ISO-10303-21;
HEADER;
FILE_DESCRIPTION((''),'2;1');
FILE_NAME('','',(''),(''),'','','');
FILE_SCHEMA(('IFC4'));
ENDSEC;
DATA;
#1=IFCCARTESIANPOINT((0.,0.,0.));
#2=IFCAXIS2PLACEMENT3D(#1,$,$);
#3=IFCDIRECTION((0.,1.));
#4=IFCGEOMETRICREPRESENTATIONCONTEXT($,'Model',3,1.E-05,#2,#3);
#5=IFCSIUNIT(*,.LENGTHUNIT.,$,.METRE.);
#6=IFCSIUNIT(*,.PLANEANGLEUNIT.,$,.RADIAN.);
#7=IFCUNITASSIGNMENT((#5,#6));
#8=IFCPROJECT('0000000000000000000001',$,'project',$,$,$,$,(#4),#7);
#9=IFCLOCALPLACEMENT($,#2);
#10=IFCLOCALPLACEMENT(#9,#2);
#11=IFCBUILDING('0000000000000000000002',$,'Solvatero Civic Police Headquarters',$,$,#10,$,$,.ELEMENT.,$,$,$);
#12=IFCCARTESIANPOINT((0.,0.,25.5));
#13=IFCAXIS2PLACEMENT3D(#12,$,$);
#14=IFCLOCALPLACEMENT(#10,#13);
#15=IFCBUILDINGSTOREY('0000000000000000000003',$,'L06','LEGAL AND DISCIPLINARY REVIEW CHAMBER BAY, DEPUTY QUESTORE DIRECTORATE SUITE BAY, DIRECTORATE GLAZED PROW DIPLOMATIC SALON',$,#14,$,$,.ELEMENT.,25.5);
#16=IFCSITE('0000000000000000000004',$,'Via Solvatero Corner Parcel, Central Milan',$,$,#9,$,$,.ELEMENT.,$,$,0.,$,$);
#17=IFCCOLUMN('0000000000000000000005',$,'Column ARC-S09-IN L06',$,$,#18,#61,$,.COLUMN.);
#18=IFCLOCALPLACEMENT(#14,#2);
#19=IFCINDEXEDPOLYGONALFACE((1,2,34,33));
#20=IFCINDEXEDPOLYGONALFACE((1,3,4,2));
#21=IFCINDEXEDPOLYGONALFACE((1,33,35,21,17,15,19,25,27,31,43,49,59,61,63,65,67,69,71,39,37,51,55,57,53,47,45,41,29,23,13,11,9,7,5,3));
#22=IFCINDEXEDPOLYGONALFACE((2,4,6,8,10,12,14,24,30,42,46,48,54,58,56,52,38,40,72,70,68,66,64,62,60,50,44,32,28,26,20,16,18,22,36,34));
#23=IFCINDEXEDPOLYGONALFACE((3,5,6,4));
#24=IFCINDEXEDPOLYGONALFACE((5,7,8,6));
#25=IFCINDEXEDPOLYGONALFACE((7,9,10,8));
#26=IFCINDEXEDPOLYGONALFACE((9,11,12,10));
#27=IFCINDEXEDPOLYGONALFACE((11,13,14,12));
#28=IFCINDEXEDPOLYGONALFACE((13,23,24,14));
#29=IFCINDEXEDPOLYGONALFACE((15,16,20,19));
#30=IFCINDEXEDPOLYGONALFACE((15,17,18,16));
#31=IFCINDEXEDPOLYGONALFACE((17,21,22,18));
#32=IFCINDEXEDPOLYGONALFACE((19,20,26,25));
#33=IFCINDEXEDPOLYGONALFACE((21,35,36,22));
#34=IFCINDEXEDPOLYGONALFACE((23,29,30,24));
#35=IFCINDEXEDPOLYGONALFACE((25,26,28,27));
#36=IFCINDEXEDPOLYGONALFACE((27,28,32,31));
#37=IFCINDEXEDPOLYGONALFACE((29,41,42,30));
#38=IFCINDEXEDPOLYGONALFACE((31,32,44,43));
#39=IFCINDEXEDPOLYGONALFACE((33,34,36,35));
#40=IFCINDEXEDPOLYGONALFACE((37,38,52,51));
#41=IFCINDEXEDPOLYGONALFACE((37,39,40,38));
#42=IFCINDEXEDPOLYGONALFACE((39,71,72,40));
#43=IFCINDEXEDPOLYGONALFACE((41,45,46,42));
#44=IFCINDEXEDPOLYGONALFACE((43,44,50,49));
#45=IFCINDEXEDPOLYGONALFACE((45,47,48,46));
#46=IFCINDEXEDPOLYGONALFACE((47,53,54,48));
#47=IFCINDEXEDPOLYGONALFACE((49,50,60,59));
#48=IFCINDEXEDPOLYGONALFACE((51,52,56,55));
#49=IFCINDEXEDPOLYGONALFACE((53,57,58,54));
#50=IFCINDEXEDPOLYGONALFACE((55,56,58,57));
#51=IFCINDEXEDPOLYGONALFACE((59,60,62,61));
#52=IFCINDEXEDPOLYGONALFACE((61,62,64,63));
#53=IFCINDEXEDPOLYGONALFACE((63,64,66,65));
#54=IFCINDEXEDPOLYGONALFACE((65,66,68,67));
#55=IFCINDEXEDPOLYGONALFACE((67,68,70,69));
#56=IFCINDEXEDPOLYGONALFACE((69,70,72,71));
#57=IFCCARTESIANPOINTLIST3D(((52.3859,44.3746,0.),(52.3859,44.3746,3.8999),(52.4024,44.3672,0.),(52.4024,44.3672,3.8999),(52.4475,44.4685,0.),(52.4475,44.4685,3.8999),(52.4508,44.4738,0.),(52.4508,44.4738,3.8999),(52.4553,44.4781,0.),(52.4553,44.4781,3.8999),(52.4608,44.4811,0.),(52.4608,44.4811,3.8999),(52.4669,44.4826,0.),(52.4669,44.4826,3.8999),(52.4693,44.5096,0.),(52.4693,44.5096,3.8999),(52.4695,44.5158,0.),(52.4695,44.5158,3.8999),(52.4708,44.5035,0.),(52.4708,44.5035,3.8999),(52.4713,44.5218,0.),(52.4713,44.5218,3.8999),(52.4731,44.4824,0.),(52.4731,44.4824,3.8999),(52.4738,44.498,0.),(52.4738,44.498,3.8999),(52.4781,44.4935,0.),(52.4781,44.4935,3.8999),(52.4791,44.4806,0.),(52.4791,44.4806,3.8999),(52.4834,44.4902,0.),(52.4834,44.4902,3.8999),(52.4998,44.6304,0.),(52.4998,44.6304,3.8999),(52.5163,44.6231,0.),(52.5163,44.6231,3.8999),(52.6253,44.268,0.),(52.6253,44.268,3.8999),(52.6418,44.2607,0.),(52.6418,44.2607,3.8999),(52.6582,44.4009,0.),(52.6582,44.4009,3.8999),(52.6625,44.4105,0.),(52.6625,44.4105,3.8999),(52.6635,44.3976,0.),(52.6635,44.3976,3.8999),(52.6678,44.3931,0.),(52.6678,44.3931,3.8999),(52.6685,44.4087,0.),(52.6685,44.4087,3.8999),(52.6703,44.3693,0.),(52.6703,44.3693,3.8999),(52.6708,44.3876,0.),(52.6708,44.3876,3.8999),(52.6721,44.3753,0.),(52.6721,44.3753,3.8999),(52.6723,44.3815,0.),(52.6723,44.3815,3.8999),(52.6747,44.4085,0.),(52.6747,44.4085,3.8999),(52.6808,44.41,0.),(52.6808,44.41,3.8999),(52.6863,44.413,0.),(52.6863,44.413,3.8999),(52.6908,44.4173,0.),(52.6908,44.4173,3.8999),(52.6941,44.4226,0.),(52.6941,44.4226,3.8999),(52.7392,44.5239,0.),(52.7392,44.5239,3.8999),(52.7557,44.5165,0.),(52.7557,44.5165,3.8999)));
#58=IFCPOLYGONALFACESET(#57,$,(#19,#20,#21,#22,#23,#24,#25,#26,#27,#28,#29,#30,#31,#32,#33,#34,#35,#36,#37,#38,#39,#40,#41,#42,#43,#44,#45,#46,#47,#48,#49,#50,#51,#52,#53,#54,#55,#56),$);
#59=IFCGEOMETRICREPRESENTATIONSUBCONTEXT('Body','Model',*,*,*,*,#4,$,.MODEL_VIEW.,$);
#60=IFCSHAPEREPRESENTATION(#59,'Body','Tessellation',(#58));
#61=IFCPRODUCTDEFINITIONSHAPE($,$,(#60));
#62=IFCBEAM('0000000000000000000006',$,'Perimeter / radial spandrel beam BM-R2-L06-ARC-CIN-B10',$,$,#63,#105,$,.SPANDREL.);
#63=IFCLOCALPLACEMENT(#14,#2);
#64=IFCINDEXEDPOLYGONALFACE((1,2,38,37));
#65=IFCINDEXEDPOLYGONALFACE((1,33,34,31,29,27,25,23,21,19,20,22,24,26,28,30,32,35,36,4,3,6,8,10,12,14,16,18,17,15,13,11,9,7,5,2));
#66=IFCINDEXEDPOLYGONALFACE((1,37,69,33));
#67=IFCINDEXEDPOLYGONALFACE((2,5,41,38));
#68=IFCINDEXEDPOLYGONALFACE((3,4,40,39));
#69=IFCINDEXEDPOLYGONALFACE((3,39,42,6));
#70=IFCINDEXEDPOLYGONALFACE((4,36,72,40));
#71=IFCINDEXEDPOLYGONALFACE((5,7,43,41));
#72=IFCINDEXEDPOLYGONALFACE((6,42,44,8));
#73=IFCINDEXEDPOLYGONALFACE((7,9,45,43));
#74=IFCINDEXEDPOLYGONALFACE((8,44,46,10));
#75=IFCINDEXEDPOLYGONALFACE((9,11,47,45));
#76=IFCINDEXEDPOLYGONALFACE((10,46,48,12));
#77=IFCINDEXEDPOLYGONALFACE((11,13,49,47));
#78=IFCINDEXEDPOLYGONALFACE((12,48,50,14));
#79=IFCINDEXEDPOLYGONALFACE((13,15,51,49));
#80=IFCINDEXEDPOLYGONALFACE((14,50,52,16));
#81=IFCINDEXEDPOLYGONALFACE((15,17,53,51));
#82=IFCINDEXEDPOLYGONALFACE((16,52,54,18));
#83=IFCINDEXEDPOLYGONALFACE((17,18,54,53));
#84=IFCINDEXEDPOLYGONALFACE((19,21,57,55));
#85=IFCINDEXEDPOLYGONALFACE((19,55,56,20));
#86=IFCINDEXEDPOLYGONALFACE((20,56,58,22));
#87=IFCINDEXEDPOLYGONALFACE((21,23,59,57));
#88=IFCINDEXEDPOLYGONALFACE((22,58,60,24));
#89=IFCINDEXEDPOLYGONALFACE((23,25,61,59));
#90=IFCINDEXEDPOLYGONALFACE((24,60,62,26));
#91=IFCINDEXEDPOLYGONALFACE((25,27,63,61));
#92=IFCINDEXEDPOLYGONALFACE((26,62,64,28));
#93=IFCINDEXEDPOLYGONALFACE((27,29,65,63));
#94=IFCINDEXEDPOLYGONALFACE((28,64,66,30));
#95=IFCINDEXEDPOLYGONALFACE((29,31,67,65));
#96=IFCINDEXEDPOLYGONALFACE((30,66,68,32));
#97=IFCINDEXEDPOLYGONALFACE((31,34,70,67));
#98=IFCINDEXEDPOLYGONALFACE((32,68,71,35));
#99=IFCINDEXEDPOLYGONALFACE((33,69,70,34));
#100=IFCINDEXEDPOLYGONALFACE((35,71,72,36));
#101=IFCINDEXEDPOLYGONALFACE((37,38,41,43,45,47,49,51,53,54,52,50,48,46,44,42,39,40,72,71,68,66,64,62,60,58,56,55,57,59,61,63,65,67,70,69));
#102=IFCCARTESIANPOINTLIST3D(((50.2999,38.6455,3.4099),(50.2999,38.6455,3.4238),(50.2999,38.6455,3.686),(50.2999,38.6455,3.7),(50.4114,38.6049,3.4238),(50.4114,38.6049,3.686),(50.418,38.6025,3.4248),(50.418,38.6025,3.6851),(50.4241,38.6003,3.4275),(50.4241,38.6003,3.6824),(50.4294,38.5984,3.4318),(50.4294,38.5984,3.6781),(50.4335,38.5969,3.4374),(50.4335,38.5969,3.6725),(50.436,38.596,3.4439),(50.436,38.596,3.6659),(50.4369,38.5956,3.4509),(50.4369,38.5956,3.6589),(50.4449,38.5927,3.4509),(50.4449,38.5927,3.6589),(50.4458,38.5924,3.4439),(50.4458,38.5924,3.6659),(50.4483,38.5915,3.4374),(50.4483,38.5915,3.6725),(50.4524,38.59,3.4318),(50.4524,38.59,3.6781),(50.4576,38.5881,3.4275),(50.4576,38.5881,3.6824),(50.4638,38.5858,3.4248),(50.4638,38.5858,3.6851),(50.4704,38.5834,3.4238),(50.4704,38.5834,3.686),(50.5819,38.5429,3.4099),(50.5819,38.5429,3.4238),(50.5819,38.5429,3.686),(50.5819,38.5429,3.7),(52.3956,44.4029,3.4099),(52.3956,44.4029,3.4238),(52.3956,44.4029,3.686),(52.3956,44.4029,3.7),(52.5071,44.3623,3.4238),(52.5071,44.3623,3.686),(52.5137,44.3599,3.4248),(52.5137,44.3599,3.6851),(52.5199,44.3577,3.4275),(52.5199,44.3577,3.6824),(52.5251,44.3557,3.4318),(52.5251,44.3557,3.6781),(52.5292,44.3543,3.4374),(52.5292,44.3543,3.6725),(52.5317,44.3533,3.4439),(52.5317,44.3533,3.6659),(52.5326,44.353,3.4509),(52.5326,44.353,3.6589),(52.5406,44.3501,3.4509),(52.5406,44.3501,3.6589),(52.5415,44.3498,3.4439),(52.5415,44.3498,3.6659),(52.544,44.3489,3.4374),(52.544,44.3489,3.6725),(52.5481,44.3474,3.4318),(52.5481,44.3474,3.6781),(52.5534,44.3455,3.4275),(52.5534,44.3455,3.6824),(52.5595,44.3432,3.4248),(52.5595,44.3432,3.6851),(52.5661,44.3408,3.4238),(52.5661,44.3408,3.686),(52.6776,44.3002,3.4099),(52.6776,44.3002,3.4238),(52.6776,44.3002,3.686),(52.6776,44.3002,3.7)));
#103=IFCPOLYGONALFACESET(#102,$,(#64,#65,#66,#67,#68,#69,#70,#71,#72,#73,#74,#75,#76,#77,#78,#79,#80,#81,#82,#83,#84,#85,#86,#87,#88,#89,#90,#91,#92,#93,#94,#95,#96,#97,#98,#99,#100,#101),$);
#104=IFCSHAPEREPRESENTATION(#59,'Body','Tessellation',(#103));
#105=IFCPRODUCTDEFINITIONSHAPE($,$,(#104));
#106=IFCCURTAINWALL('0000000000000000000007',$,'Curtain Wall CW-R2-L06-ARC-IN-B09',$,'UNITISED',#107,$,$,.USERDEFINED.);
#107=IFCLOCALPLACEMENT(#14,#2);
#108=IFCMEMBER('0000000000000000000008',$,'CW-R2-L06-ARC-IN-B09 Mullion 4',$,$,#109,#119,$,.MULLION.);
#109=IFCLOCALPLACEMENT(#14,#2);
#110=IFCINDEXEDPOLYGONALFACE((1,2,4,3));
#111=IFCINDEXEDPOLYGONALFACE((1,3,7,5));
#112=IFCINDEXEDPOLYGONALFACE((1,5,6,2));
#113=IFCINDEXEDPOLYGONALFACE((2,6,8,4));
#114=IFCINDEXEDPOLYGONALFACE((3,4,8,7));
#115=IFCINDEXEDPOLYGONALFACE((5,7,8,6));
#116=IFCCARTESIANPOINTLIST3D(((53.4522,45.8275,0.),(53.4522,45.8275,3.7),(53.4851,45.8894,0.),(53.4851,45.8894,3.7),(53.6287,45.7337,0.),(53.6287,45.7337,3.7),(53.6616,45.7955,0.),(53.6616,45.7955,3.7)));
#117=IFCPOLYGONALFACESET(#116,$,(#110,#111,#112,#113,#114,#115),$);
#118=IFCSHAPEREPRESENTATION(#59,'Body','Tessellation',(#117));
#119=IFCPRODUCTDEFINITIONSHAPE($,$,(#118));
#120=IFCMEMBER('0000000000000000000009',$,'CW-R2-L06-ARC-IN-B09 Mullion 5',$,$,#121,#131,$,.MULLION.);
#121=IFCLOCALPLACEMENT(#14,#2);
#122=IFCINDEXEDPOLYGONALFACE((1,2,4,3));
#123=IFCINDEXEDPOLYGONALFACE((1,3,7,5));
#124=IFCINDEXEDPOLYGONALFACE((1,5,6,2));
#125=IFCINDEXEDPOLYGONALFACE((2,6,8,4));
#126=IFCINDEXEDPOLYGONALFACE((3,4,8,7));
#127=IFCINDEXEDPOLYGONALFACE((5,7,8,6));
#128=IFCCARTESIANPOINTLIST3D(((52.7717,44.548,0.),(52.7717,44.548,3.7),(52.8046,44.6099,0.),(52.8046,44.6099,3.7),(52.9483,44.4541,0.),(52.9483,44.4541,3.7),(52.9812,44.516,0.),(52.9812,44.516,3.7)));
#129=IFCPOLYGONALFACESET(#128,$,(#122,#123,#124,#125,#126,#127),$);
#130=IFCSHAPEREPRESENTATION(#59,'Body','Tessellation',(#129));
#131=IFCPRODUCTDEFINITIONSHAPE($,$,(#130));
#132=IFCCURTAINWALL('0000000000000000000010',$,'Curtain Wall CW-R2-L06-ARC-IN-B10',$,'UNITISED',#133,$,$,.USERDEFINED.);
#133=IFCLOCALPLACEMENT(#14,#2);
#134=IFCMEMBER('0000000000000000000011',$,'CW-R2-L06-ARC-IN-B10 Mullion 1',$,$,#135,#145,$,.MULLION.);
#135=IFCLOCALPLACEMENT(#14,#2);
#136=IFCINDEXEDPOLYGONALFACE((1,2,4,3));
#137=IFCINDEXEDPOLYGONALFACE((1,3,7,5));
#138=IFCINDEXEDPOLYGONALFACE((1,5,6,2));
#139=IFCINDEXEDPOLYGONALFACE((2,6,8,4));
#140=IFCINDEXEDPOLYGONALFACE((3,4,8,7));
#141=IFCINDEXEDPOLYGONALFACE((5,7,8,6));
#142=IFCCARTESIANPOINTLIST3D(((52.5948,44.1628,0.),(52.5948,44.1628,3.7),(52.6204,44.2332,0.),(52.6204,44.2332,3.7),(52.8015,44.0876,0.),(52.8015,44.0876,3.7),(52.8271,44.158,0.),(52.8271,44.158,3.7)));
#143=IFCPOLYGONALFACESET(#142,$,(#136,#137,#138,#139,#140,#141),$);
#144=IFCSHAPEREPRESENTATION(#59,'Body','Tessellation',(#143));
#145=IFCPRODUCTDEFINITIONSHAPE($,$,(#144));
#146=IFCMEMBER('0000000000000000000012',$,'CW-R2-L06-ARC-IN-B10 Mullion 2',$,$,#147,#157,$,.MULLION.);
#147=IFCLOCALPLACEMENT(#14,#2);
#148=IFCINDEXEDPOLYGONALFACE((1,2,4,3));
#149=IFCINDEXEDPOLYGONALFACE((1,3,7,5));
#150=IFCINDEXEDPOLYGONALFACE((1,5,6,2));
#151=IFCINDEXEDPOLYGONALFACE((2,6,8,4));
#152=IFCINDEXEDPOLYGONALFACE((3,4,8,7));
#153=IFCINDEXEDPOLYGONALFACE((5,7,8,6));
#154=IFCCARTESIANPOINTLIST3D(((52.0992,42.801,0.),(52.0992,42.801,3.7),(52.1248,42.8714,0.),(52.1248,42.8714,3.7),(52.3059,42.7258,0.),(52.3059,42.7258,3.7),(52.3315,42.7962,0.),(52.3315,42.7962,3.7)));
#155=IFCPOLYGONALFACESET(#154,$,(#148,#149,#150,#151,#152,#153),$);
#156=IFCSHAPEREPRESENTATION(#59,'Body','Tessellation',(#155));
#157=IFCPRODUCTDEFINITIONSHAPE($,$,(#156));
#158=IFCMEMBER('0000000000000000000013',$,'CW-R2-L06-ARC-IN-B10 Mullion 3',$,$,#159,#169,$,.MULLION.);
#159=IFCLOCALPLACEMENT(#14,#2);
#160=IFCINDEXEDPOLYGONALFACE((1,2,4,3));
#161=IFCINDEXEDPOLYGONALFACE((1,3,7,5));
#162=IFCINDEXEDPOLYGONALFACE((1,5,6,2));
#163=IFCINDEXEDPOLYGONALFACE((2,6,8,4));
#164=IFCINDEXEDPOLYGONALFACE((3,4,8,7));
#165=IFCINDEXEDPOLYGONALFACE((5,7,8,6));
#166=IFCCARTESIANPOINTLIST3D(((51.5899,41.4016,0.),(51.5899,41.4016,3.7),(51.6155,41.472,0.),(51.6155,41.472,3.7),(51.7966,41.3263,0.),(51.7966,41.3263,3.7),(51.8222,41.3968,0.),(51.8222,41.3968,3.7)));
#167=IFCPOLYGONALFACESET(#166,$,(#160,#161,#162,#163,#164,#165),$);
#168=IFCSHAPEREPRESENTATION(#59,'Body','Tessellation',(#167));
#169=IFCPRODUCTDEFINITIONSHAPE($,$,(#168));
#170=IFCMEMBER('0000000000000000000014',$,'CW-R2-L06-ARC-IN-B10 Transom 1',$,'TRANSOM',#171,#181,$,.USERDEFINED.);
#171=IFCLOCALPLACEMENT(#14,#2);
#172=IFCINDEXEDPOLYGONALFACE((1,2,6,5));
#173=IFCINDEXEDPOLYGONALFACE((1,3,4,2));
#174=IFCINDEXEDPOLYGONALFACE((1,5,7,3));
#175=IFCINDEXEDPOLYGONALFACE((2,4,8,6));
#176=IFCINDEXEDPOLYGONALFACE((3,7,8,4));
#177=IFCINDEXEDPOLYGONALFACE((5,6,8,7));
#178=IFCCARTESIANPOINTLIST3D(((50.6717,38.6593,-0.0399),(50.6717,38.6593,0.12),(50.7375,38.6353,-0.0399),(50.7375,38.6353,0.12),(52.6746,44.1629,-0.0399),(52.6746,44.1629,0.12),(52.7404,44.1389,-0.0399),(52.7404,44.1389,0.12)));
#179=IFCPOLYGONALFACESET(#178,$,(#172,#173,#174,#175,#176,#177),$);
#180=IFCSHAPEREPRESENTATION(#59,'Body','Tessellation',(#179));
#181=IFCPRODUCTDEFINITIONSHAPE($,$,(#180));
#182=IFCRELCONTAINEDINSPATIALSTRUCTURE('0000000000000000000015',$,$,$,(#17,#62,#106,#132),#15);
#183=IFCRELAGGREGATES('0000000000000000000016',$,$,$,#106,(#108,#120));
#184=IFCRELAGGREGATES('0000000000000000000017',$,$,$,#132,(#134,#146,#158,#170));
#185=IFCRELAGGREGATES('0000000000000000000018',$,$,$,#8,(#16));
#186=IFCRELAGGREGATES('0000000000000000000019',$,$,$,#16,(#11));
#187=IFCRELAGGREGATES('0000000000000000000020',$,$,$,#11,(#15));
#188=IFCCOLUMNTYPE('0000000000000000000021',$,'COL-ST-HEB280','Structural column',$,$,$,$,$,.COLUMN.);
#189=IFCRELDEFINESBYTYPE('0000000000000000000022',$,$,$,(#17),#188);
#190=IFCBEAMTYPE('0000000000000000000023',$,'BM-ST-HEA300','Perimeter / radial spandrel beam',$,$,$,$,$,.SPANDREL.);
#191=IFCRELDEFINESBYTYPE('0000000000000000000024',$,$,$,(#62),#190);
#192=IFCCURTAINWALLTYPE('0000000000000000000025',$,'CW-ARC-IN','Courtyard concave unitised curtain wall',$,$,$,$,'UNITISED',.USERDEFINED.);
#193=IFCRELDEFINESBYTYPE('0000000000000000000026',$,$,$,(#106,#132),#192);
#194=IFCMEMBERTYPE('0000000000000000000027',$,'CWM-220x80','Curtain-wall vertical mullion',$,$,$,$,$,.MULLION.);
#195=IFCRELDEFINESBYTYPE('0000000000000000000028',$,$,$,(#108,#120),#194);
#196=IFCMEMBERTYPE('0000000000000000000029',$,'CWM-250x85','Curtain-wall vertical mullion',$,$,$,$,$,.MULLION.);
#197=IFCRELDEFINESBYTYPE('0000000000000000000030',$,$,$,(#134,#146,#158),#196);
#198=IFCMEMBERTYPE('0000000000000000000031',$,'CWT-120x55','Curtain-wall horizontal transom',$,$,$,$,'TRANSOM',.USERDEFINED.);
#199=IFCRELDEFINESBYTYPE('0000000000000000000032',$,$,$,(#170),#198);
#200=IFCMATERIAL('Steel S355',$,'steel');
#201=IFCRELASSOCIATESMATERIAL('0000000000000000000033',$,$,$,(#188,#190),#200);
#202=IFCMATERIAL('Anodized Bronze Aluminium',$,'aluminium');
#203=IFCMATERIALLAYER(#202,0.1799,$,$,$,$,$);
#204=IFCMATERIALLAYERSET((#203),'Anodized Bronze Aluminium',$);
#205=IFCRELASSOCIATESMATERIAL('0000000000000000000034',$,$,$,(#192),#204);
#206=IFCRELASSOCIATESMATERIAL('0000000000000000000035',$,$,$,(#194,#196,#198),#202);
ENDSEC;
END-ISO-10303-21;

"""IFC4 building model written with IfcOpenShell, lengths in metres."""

from ifc_helpers import new_model, si_unit, direction, frame, origin, origin_2d, place, context, subcontext, project, spatial, rectangle, i_section, extrude, material, layer, layer_set, material_profile, profile_set, type_object, element, aggregate, save


model = new_model("IFC4")

# Units and contexts
model_context = context("Model", 3, precision=1e-05, world=origin(), true_north=direction((0.0, 1.0)))
body_context = subcontext(model_context, "Body", "Model", "MODEL_VIEW")
ifc_project = project(units=[si_unit("LENGTHUNIT", "METRE"), si_unit("PLANEANGLEUNIT", "RADIAN")], contexts=[model_context])

# Site, building, storey
site_placement = place(None, origin())
site = spatial("IfcSite", under=ifc_project, at=site_placement, Name="Via Solvatero Corner Parcel, Central Milan", CompositionType="ELEMENT", RefElevation=0.0)
building_placement = place(site_placement, origin())
building = spatial("IfcBuilding", under=site, at=building_placement, Name="Solvatero Civic Police Headquarters", CompositionType="ELEMENT")
storey_placement = place(building_placement, frame((0.0, 0.0, 25.5)))
storey = spatial("IfcBuildingStorey", under=building, at=storey_placement, Name="L06", Description="LEGAL AND DISCIPLINARY REVIEW CHAMBER BAY, DEPUTY QUESTORE DIRECTORATE SUITE BAY, DIRECTORATE GLAZED PROW DIPLOMATIC SALON", CompositionType="ELEMENT", Elevation=25.5)

# Column
ifc_material_1 = material(Name="Steel S355", Category="steel")
ifc_material_profile_1 = material_profile(ifc_material_1, i_section(OverallWidth=0.28, OverallDepth=0.28, WebThickness=0.0105, FlangeThickness=0.0181, FilletRadius=0.0239, at=origin_2d()), Name="HEB 280")
ifc_profile_set_1 = profile_set([ifc_material_profile_1], Name="Steel S355")
column_type = type_object("IfcColumnType", Name="COL-ST-HEB280", Description="Structural column", PredefinedType="COLUMN", material=ifc_profile_set_1)
column_placement = place(storey_placement, frame((52.5708, 44.4456, 0.0), z_axis=(0.0, 0.0, 1.0), x_axis=(0.406737, 0.913545, 0.0)))
element("IfcColumn", 1, at=column_placement, inside=storey, type_object=column_type, Name="Column ARC-S09-IN L06", PredefinedType="COLUMN", context=body_context, shape_type="SweptSolid", body=[
    extrude(i_section(OverallWidth=0.28, OverallDepth=0.28, WebThickness=0.0105, FlangeThickness=0.0181, FilletRadius=0.0239, at=origin_2d()), origin(), (0.0, 0.0, 1.0), 3.8999),
])

# Beam
ifc_material_profile_2 = material_profile(ifc_material_1, i_section(OverallWidth=0.3, OverallDepth=0.29, WebThickness=0.0085, FlangeThickness=0.0139, FilletRadius=0.0271, at=origin_2d()), Name="HEA 300")
ifc_profile_set_2 = profile_set([ifc_material_profile_2], Name="Steel S355")
beam_type = type_object("IfcBeamType", Name="BM-ST-HEA300", Description="Perimeter / radial spandrel beam", PredefinedType="SPANDREL", material=ifc_profile_set_2)
beam_placement = place(storey_placement, frame((52.5366, 44.3516, 3.5549), z_axis=(-0.34205, -0.939682, 0.0), x_axis=(0.939682, -0.34205, 0.0)))
element("IfcBeam", 2, at=beam_placement, inside=storey, type_object=beam_type, Name="Perimeter / radial spandrel beam BM-R2-L06-ARC-CIN-B10", PredefinedType="SPANDREL", context=body_context, shape_type="SweptSolid", body=[
    extrude(i_section(OverallWidth=0.3, OverallDepth=0.29, WebThickness=0.0085, FlangeThickness=0.0139, FilletRadius=0.0271, at=origin_2d()), origin(), (0.0, 0.0, 1.0), 6.127),
])

# Curtain walls, members
ifc_material_2 = material(Name="Anodized Bronze Aluminium", Category="aluminium")
ifc_layer_1 = layer(ifc_material_2, 0.1799)
ifc_layer_set_1 = layer_set([ifc_layer_1], Name="Anodized Bronze Aluminium")
curtain_wall_type = type_object("IfcCurtainWallType", Name="CW-ARC-IN", Description="Courtyard concave unitised curtain wall", ElementType="UNITISED", PredefinedType="USERDEFINED", material=ifc_layer_set_1)
curtain_wall_1_placement = place(storey_placement, origin())
curtain_wall_1 = element("IfcCurtainWall", 3, at=curtain_wall_1_placement, inside=storey, type_object=curtain_wall_type, Name="Curtain Wall CW-R2-L06-ARC-IN-B09", ObjectType="UNITISED", PredefinedType="USERDEFINED")
ifc_material_profile_3 = material_profile(ifc_material_2, rectangle(XDim=0.0701, YDim=0.2, at=origin_2d()), Name="ALU MULLION 70x200")
ifc_profile_set_3 = profile_set([ifc_material_profile_3], Name="Anodized Bronze Aluminium")
member_type_1 = type_object("IfcMemberType", Name="CWM-220x80", Description="Curtain-wall vertical mullion", PredefinedType="MULLION", material=ifc_profile_set_3)
member_1_placement = place(storey_placement, frame((53.5569, 45.8115, 0.0), z_axis=(0.0, 0.0, 1.0), x_axis=(-0.469487, -0.882939, 0.0)))
member_1 = element("IfcMember", 4, at=member_1_placement, type_object=member_type_1, Name="CW-R2-L06-ARC-IN-B09 Mullion 4", PredefinedType="MULLION", context=body_context, shape_type="SweptSolid", body=[
    extrude(rectangle(XDim=0.0701, YDim=0.2, at=origin_2d()), origin(), (0.0, 0.0, 1.0), 3.7),
])
member_2_placement = place(storey_placement, frame((52.8765, 44.532, 0.0), z_axis=(0.0, 0.0, 1.0), x_axis=(-0.469487, -0.882939, 0.0)))
member_2 = element("IfcMember", 5, at=member_2_placement, type_object=member_type_1, Name="CW-R2-L06-ARC-IN-B09 Mullion 5", PredefinedType="MULLION", context=body_context, shape_type="SweptSolid", body=[
    extrude(rectangle(XDim=0.0701, YDim=0.2, at=origin_2d()), origin(), (0.0, 0.0, 1.0), 3.7),
])
curtain_wall_2_placement = place(storey_placement, origin())
curtain_wall_2 = element("IfcCurtainWall", 6, at=curtain_wall_2_placement, inside=storey, type_object=curtain_wall_type, Name="Curtain Wall CW-R2-L06-ARC-IN-B10", ObjectType="UNITISED", PredefinedType="USERDEFINED")
ifc_material_profile_4 = material_profile(ifc_material_2, rectangle(XDim=0.075, YDim=0.22, at=origin_2d()), Name="ALU MULLION 75x220")
ifc_profile_set_4 = profile_set([ifc_material_profile_4], Name="Anodized Bronze Aluminium")
member_type_2 = type_object("IfcMemberType", Name="CWM-250x85", Description="Curtain-wall vertical mullion", PredefinedType="MULLION", material=ifc_profile_set_4)
member_3_placement = place(storey_placement, frame((52.7109, 44.1604, 0.0), z_axis=(0.0, 0.0, 1.0), x_axis=(-0.342004, -0.939699, 0.0)))
member_3 = element("IfcMember", 7, at=member_3_placement, type_object=member_type_2, Name="CW-R2-L06-ARC-IN-B10 Mullion 1", PredefinedType="MULLION", context=body_context, shape_type="SweptSolid", body=[
    extrude(rectangle(XDim=0.075, YDim=0.22, at=origin_2d()), origin(), (0.0, 0.0, 1.0), 3.7),
])
member_4_placement = place(storey_placement, frame((52.2153, 42.7986, 0.0), z_axis=(0.0, 0.0, 1.0), x_axis=(-0.342004, -0.939699, 0.0)))
member_4 = element("IfcMember", 8, at=member_4_placement, type_object=member_type_2, Name="CW-R2-L06-ARC-IN-B10 Mullion 2", PredefinedType="MULLION", context=body_context, shape_type="SweptSolid", body=[
    extrude(rectangle(XDim=0.075, YDim=0.22, at=origin_2d()), origin(), (0.0, 0.0, 1.0), 3.7),
])
member_5_placement = place(storey_placement, frame((51.7061, 41.3992, 0.0), z_axis=(0.0, 0.0, 1.0), x_axis=(-0.342004, -0.939699, 0.0)))
member_5 = element("IfcMember", 9, at=member_5_placement, type_object=member_type_2, Name="CW-R2-L06-ARC-IN-B10 Mullion 3", PredefinedType="MULLION", context=body_context, shape_type="SweptSolid", body=[
    extrude(rectangle(XDim=0.075, YDim=0.22, at=origin_2d()), origin(), (0.0, 0.0, 1.0), 3.7),
])
ifc_material_profile_5 = material_profile(ifc_material_2, rectangle(XDim=0.0701, YDim=0.1599, at=origin_2d()), Name="ALU TRANSOM 70x160")
ifc_profile_set_5 = profile_set([ifc_material_profile_5], Name="Anodized Bronze Aluminium")
member_type_3 = type_object("IfcMemberType", Name="CWT-120x55", Description="Curtain-wall horizontal transom", ElementType="TRANSOM", PredefinedType="USERDEFINED", material=ifc_profile_set_5)
member_6_placement = place(storey_placement, frame((52.7075, 44.1509, 0.04), z_axis=(-0.341984, -0.939706, 0.0), x_axis=(0.939706, -0.341984, 0.0)))
member_6 = element("IfcMember", 10, at=member_6_placement, type_object=member_type_3, Name="CW-R2-L06-ARC-IN-B10 Transom 1", ObjectType="TRANSOM", PredefinedType="USERDEFINED", context=body_context, shape_type="SweptSolid", body=[
    extrude(rectangle(XDim=0.0701, YDim=0.1599, at=origin_2d()), origin(), (0.0, 0.0, 1.0), 5.8567),
])

aggregate(curtain_wall_1, [member_1, member_2])
aggregate(curtain_wall_2, [member_3, member_4, member_5, member_6])

save(model, "model.ifc")
